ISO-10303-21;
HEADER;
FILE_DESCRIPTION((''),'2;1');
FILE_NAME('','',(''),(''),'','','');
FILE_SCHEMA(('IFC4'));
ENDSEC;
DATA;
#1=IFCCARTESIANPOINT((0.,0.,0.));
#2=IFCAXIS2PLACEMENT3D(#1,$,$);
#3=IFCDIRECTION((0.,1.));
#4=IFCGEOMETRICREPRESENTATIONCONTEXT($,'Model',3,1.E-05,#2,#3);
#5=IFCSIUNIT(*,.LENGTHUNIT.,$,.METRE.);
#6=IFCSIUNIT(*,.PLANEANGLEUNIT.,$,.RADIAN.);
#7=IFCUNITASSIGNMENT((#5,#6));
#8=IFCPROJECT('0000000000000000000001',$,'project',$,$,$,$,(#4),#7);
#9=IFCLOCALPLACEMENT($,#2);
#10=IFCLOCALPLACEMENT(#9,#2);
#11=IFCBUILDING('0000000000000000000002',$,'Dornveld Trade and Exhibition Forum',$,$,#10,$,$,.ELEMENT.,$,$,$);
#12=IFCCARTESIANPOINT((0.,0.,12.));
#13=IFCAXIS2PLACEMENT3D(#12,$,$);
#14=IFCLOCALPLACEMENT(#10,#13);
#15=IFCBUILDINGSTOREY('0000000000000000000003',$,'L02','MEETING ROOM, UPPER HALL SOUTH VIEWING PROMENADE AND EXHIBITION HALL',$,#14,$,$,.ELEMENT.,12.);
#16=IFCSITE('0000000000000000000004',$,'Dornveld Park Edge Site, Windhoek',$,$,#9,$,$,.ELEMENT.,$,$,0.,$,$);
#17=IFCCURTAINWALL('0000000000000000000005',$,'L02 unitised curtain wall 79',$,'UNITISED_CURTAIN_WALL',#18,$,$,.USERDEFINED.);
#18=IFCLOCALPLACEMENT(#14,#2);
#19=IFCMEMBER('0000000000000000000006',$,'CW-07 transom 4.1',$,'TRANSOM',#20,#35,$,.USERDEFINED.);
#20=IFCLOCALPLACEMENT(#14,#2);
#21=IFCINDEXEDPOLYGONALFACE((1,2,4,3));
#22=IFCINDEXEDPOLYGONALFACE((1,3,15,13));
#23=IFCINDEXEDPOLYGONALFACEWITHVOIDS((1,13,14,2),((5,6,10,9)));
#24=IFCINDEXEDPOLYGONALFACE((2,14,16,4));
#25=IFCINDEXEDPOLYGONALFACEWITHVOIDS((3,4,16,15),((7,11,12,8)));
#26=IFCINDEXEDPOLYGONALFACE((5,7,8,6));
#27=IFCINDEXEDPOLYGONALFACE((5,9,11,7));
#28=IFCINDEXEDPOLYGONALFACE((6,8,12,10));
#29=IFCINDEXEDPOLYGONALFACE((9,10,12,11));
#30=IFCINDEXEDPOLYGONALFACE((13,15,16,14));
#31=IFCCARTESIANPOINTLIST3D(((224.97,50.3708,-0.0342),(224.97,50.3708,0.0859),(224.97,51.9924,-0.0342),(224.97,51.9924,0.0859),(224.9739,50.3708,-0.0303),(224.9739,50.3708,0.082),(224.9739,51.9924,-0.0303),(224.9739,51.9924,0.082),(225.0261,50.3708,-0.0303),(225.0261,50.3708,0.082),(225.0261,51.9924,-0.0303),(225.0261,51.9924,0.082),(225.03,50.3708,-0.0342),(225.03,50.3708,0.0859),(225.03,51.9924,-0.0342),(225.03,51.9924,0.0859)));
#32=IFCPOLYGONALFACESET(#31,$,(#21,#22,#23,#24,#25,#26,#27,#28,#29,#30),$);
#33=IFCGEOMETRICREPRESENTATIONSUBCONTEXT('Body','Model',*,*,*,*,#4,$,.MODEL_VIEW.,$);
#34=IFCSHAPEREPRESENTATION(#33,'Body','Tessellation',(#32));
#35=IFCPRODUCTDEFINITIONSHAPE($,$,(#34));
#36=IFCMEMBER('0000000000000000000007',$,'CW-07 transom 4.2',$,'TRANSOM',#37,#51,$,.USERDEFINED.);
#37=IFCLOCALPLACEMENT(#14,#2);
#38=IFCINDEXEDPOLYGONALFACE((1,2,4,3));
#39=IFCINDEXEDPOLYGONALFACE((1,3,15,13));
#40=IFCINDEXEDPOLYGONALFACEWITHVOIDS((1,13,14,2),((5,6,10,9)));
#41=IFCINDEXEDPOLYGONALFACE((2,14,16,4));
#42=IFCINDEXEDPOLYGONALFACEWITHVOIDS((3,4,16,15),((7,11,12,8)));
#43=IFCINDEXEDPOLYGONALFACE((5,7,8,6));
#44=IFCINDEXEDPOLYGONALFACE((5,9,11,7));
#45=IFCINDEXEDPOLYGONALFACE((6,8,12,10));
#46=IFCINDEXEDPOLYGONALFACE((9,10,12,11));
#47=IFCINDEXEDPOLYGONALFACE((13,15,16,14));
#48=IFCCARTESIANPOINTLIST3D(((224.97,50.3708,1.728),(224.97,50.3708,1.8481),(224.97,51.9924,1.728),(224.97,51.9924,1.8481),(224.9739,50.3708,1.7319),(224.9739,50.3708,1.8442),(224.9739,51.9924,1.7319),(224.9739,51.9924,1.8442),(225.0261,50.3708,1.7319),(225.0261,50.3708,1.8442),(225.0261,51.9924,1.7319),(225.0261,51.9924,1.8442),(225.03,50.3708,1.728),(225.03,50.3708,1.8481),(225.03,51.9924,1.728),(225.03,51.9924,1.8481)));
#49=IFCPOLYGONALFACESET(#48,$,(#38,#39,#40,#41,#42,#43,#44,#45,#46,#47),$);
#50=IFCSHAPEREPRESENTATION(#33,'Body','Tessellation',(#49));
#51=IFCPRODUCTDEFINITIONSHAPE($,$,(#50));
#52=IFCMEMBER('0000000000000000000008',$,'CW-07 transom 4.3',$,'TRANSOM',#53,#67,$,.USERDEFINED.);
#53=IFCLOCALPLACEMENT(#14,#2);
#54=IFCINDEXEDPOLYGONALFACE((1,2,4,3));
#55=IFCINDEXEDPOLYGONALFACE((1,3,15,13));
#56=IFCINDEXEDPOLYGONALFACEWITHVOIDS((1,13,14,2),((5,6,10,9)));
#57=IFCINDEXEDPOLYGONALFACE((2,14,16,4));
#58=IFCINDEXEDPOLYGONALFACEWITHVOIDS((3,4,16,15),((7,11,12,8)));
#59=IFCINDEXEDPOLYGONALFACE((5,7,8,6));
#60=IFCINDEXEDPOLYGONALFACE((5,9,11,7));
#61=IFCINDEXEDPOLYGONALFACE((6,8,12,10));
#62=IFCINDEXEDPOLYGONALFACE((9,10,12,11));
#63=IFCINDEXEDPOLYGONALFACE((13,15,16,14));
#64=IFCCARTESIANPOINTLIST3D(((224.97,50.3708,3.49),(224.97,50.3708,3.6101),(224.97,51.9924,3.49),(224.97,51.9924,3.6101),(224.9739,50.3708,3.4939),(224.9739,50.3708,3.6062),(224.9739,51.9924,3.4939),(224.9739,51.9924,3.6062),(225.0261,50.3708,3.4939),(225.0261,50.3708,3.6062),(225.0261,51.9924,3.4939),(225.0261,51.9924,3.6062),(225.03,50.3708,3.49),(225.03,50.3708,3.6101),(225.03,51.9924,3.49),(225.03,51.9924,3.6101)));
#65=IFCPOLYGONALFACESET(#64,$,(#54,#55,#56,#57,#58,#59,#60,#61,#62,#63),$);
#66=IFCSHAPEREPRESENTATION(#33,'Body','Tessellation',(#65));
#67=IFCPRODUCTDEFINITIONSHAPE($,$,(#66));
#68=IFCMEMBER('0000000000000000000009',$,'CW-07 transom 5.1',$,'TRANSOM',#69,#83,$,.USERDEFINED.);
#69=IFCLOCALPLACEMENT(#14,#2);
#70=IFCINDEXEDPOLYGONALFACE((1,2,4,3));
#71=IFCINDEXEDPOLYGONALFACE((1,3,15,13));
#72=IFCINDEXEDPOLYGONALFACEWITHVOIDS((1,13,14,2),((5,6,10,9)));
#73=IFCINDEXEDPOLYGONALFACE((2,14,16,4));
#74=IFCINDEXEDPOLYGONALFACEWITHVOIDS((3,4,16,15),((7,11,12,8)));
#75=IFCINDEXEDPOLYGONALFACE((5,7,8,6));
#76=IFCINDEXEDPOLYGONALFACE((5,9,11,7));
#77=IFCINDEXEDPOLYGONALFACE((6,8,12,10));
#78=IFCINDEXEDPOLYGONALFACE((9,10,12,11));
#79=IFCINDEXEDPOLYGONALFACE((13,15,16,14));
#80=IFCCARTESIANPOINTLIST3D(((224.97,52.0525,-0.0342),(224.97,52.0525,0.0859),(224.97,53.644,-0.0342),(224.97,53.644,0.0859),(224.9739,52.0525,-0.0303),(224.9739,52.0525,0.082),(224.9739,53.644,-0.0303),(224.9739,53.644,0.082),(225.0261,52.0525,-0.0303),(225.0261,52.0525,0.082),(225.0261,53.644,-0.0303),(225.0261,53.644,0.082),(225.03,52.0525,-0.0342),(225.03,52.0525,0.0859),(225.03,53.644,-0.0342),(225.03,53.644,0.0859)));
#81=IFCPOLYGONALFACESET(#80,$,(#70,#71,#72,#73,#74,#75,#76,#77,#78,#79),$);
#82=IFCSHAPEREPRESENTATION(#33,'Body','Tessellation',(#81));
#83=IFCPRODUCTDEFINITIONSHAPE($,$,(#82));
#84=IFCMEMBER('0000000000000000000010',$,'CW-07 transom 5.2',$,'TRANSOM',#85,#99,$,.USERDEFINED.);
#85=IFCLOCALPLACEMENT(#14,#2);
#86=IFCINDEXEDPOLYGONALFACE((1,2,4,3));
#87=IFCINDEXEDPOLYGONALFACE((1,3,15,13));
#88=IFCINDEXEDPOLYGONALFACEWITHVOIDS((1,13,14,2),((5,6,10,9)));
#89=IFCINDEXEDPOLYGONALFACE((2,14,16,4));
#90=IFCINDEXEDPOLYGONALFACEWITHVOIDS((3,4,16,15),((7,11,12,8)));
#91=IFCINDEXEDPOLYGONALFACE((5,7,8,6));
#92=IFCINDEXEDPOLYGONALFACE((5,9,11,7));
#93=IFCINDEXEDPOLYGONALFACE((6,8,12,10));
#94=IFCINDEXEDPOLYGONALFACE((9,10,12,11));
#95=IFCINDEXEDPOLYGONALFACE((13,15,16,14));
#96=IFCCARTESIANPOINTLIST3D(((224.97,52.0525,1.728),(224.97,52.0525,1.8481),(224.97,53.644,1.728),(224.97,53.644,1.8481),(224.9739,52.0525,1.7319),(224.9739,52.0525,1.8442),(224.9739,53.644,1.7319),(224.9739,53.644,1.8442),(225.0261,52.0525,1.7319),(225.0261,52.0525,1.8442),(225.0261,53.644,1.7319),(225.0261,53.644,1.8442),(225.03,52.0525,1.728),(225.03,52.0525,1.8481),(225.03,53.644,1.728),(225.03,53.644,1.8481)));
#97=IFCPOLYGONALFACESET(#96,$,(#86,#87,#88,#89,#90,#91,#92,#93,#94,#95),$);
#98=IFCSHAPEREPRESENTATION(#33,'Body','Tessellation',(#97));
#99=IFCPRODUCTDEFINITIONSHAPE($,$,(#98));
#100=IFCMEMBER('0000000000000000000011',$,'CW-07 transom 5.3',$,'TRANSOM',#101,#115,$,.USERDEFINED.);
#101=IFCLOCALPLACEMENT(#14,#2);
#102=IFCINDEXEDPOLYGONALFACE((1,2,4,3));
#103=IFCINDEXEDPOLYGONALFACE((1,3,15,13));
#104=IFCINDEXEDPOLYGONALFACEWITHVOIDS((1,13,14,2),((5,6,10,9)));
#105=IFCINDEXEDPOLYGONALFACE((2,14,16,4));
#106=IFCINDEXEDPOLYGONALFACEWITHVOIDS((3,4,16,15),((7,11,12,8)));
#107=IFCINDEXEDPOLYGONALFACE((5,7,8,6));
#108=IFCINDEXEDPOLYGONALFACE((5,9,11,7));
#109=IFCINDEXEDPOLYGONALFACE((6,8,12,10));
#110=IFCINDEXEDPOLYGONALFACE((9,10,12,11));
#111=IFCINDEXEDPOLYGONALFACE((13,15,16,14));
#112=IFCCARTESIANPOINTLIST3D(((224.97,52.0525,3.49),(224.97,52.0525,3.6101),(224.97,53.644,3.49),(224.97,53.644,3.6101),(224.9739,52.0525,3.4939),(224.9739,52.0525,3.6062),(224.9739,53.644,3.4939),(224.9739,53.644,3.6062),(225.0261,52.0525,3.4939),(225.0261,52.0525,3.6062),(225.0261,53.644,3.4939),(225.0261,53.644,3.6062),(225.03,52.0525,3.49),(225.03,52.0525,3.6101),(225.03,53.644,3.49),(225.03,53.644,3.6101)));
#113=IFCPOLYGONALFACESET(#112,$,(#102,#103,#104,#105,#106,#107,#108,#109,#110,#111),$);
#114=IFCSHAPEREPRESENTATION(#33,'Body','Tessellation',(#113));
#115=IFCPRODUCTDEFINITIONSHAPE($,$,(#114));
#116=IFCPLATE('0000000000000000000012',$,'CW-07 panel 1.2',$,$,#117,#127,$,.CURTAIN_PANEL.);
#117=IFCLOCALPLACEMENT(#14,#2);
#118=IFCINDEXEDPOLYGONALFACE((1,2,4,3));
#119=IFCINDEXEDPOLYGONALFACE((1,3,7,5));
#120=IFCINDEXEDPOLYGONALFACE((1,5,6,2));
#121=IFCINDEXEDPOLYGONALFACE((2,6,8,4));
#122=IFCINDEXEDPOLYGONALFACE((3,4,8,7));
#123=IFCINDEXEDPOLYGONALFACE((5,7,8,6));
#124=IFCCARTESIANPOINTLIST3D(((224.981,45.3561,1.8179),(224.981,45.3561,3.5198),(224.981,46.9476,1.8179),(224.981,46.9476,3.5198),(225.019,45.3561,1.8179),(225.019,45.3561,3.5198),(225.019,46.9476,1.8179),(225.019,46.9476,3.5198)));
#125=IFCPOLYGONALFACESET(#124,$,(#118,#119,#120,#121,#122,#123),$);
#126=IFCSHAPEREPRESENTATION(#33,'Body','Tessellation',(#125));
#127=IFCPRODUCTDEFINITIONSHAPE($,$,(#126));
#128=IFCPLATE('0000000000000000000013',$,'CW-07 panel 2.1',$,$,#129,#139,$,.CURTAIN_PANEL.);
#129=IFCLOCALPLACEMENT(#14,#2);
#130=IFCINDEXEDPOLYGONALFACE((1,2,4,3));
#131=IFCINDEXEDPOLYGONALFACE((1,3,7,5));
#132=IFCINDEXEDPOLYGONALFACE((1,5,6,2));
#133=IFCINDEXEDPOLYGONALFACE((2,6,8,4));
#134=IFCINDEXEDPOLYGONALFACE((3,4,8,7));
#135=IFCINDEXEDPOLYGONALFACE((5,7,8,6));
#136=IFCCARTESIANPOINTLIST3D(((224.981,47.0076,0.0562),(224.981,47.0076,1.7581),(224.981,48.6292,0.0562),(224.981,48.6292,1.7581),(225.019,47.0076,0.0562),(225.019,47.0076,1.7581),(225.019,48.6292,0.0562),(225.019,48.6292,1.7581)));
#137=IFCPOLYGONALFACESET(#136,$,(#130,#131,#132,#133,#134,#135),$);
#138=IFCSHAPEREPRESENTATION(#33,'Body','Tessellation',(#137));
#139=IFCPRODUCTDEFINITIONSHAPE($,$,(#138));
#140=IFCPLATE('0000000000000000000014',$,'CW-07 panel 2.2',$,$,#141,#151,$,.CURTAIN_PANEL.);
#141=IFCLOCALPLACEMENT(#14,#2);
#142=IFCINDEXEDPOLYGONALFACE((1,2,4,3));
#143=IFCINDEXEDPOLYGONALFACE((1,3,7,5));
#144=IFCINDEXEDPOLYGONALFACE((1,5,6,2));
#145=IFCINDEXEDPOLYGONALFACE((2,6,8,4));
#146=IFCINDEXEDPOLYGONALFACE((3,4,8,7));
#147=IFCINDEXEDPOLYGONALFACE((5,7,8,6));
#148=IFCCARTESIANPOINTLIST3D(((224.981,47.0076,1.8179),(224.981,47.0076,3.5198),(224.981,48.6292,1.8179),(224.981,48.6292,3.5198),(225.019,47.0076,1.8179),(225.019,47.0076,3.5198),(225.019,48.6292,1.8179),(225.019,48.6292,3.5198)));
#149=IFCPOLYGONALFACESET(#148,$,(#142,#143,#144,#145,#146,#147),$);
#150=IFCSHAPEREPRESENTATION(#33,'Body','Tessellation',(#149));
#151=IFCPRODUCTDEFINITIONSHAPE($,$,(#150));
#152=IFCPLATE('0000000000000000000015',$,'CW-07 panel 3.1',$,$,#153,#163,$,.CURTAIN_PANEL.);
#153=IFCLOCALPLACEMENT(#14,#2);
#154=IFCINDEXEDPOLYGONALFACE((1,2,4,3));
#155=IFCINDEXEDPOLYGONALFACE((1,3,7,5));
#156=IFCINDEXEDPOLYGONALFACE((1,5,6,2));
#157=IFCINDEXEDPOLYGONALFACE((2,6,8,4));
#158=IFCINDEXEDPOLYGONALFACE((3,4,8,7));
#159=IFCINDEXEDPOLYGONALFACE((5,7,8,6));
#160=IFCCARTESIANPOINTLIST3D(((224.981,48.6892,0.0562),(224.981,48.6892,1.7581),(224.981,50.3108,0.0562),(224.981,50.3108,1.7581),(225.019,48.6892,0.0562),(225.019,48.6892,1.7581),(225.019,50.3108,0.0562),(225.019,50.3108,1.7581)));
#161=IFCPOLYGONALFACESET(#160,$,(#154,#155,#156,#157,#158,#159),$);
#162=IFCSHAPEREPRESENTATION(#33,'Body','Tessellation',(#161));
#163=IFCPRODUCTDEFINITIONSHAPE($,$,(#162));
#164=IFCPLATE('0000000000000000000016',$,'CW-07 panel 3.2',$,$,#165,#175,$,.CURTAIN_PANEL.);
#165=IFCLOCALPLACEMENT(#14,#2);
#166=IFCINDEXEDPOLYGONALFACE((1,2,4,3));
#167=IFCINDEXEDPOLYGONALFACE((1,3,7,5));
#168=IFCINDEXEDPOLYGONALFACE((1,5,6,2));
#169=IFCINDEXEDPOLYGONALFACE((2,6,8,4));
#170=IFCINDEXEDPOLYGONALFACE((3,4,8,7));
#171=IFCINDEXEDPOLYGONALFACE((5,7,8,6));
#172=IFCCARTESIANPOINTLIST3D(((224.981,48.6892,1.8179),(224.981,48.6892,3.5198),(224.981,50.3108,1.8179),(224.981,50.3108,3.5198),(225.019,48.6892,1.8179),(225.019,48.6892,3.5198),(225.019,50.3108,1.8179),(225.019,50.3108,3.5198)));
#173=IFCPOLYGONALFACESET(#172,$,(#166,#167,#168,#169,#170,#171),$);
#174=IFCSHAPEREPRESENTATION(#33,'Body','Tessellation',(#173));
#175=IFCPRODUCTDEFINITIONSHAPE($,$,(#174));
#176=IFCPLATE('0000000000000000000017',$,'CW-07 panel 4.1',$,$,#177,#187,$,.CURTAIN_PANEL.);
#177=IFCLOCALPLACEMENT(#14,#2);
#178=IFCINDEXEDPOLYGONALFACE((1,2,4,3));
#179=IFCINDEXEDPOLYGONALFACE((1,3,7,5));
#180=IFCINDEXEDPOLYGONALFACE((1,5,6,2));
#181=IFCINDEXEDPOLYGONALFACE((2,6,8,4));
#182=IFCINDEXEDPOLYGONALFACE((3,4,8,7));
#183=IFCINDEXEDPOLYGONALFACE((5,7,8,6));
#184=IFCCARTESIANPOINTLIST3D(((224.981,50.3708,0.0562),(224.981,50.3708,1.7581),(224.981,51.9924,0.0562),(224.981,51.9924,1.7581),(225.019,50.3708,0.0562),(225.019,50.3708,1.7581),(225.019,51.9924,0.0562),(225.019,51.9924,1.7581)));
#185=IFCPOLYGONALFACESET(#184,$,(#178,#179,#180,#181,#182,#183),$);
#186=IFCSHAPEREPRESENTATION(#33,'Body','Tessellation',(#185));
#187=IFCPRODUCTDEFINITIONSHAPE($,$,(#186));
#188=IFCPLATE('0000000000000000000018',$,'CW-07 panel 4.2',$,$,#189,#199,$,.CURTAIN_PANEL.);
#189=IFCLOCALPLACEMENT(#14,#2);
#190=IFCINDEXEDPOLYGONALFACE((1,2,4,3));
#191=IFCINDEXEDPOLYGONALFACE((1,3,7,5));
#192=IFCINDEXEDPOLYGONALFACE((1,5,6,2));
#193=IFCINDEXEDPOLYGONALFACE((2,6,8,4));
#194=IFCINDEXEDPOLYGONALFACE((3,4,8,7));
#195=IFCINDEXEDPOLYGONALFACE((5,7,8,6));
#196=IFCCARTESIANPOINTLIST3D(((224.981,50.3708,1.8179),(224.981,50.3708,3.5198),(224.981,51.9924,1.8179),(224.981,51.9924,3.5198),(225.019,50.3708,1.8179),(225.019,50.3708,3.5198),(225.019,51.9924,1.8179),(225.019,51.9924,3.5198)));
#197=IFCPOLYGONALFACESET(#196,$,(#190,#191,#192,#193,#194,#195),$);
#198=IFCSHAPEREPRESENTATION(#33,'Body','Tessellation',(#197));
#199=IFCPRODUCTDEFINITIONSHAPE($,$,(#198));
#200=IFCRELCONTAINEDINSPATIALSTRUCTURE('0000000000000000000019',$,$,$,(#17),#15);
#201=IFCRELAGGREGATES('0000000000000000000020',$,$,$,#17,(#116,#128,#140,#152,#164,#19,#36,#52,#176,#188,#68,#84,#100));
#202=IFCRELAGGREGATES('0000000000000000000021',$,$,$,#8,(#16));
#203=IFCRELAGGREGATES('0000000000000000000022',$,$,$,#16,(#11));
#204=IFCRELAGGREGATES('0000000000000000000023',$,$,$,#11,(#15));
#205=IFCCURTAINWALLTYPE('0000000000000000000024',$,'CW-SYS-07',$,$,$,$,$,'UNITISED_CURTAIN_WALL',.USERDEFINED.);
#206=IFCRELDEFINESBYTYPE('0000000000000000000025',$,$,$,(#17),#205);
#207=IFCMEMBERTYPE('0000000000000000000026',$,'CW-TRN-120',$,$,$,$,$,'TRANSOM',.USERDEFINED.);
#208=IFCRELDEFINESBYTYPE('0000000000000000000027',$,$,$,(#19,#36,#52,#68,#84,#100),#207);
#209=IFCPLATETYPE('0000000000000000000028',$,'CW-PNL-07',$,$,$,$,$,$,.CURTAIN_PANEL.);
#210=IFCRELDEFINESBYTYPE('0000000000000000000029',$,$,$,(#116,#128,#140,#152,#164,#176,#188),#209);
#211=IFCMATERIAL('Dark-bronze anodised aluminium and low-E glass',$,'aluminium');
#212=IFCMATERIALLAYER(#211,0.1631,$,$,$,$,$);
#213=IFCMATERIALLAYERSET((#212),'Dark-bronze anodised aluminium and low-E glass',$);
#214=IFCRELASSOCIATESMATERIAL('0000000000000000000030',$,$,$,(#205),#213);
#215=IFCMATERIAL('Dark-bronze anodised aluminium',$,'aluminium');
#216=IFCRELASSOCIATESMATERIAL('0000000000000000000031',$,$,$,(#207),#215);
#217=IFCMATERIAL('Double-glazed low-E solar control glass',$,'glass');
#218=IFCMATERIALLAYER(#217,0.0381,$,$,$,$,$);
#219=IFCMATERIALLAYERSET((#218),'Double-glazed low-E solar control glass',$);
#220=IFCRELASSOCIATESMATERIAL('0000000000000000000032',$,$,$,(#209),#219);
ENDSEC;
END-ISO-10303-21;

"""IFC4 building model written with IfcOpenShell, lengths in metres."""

from ifc_helpers import new_model, si_unit, direction, frame, origin, origin_2d, place, context, subcontext, project, spatial, rectangle, hollow_rectangle, extrude, material, layer, layer_set, material_profile, profile_set, type_object, element, aggregate, save


model = new_model("IFC4")

# Units and contexts
model_context = context("Model", 3, precision=1e-05, world=origin(), true_north=direction((0.0, 1.0)))
body_context = subcontext(model_context, "Body", "Model", "MODEL_VIEW")
ifc_project = project(units=[si_unit("LENGTHUNIT", "METRE"), si_unit("PLANEANGLEUNIT", "RADIAN")], contexts=[model_context])

# Site, building, storey
site_placement = place(None, origin())
site = spatial("IfcSite", under=ifc_project, at=site_placement, Name="Dornveld Park Edge Site, Windhoek", CompositionType="ELEMENT", RefElevation=0.0)
building_placement = place(site_placement, origin())
building = spatial("IfcBuilding", under=site, at=building_placement, Name="Dornveld Trade and Exhibition Forum", CompositionType="ELEMENT")
storey_placement = place(building_placement, frame((0.0, 0.0, 12.0)))
storey = spatial("IfcBuildingStorey", under=building, at=storey_placement, Name="L02", Description="MEETING ROOM, UPPER HALL SOUTH VIEWING PROMENADE AND EXHIBITION HALL", CompositionType="ELEMENT", Elevation=12.0)

# Curtain wall, members, plates
ifc_material_1 = material(Name="Dark-bronze anodised aluminium and low-E glass", Category="aluminium")
ifc_layer_1 = layer(ifc_material_1, 0.1631)
ifc_layer_set_1 = layer_set([ifc_layer_1], Name="Dark-bronze anodised aluminium and low-E glass")
curtain_wall_type = type_object("IfcCurtainWallType", Name="CW-SYS-07", ElementType="UNITISED_CURTAIN_WALL", PredefinedType="USERDEFINED", material=ifc_layer_set_1)
curtain_wall_placement = place(storey_placement, origin())
curtain_wall = element("IfcCurtainWall", 1, at=curtain_wall_placement, inside=storey, type_object=curtain_wall_type, Name="L02 unitised curtain wall 79", ObjectType="UNITISED_CURTAIN_WALL", PredefinedType="USERDEFINED")
ifc_material_2 = material(Name="Dark-bronze anodised aluminium", Category="aluminium")
ifc_material_profile_1 = material_profile(ifc_material_2, hollow_rectangle(XDim=0.0601, YDim=0.1201, WallThickness=0.0039, at=origin_2d()), Name="RHS 120x60x4")
ifc_profile_set_1 = profile_set([ifc_material_profile_1], Name="Dark-bronze anodised aluminium")
member_type_1 = type_object("IfcMemberType", Name="CW-TRN-120", ElementType="TRANSOM", PredefinedType="USERDEFINED", material=ifc_profile_set_1)
member_1_placement = place(storey_placement, frame((225.0, 50.3708, 0.0259), z_axis=(0.0, 1.0, 0.0), x_axis=(-1.0, 0.0, 0.0)))
member_1 = element("IfcMember", 2, at=member_1_placement, type_object=member_type_1, Name="CW-07 transom 4.1", ObjectType="TRANSOM", PredefinedType="USERDEFINED", context=body_context, shape_type="SweptSolid", body=[
    extrude(hollow_rectangle(XDim=0.0601, YDim=0.1201, WallThickness=0.0039, at=origin_2d()), origin(), (0.0, 0.0, 1.0), 1.6216),
])
member_2_placement = place(storey_placement, frame((225.0, 50.3708, 1.7881), z_axis=(0.0, 1.0, 0.0), x_axis=(-1.0, 0.0, 0.0)))
member_2 = element("IfcMember", 3, at=member_2_placement, type_object=member_type_1, Name="CW-07 transom 4.2", ObjectType="TRANSOM", PredefinedType="USERDEFINED", context=body_context, shape_type="SweptSolid", body=[
    extrude(hollow_rectangle(XDim=0.0601, YDim=0.1201, WallThickness=0.0039, at=origin_2d()), origin(), (0.0, 0.0, 1.0), 1.6216),
])
member_3_placement = place(storey_placement, frame((225.0, 50.3708, 3.55), z_axis=(0.0, 1.0, 0.0), x_axis=(-1.0, 0.0, 0.0)))
member_3 = element("IfcMember", 4, at=member_3_placement, type_object=member_type_1, Name="CW-07 transom 4.3", ObjectType="TRANSOM", PredefinedType="USERDEFINED", context=body_context, shape_type="SweptSolid", body=[
    extrude(hollow_rectangle(XDim=0.0601, YDim=0.1201, WallThickness=0.0039, at=origin_2d()), origin(), (0.0, 0.0, 1.0), 1.6216),
])
member_4_placement = place(storey_placement, frame((225.0, 52.0525, 0.0259), z_axis=(0.0, 1.0, 0.0), x_axis=(-1.0, 0.0, 0.0)))
member_4 = element("IfcMember", 5, at=member_4_placement, type_object=member_type_1, Name="CW-07 transom 5.1", ObjectType="TRANSOM", PredefinedType="USERDEFINED", context=body_context, shape_type="SweptSolid", body=[
    extrude(hollow_rectangle(XDim=0.0601, YDim=0.1201, WallThickness=0.0039, at=origin_2d()), origin(), (0.0, 0.0, 1.0), 1.5916),
])
member_5_placement = place(storey_placement, frame((225.0, 52.0525, 1.7881), z_axis=(0.0, 1.0, 0.0), x_axis=(-1.0, 0.0, 0.0)))
member_5 = element("IfcMember", 6, at=member_5_placement, type_object=member_type_1, Name="CW-07 transom 5.2", ObjectType="TRANSOM", PredefinedType="USERDEFINED", context=body_context, shape_type="SweptSolid", body=[
    extrude(hollow_rectangle(XDim=0.0601, YDim=0.1201, WallThickness=0.0039, at=origin_2d()), origin(), (0.0, 0.0, 1.0), 1.5916),
])
member_6_placement = place(storey_placement, frame((225.0, 52.0525, 3.55), z_axis=(0.0, 1.0, 0.0), x_axis=(-1.0, 0.0, 0.0)))
member_6 = element("IfcMember", 7, at=member_6_placement, type_object=member_type_1, Name="CW-07 transom 5.3", ObjectType="TRANSOM", PredefinedType="USERDEFINED", context=body_context, shape_type="SweptSolid", body=[
    extrude(hollow_rectangle(XDim=0.0601, YDim=0.1201, WallThickness=0.0039, at=origin_2d()), origin(), (0.0, 0.0, 1.0), 1.5916),
])
ifc_material_3 = material(Name="Double-glazed low-E solar control glass", Category="glass")
ifc_layer_2 = layer(ifc_material_3, 0.0381)
ifc_layer_set_2 = layer_set([ifc_layer_2], Name="Double-glazed low-E solar control glass")
plate_type = type_object("IfcPlateType", Name="CW-PNL-07", PredefinedType="CURTAIN_PANEL", material=ifc_layer_set_2)
plate_1_placement = place(storey_placement, frame((225.0, 46.1519, 1.8179), z_axis=(0.0, 0.0, 1.0), x_axis=(0.0, 1.0, 0.0)))
plate_1 = element("IfcPlate", 8, at=plate_1_placement, type_object=plate_type, Name="CW-07 panel 1.2", PredefinedType="CURTAIN_PANEL", context=body_context, shape_type="SweptSolid", body=[
    extrude(rectangle(XDim=1.5916, YDim=0.0381, at=origin_2d()), origin(), (0.0, 0.0, 1.0), 1.7019),
])
plate_2_placement = place(storey_placement, frame((225.0, 47.8184, 0.0562), z_axis=(0.0, 0.0, 1.0), x_axis=(0.0, 1.0, 0.0)))
plate_2 = element("IfcPlate", 9, at=plate_2_placement, type_object=plate_type, Name="CW-07 panel 2.1", PredefinedType="CURTAIN_PANEL", context=body_context, shape_type="SweptSolid", body=[
    extrude(rectangle(XDim=1.6216, YDim=0.0381, at=origin_2d()), origin(), (0.0, 0.0, 1.0), 1.7019),
])
plate_3_placement = place(storey_placement, frame((225.0, 47.8184, 1.8179), z_axis=(0.0, 0.0, 1.0), x_axis=(0.0, 1.0, 0.0)))
plate_3 = element("IfcPlate", 10, at=plate_3_placement, type_object=plate_type, Name="CW-07 panel 2.2", PredefinedType="CURTAIN_PANEL", context=body_context, shape_type="SweptSolid", body=[
    extrude(rectangle(XDim=1.6216, YDim=0.0381, at=origin_2d()), origin(), (0.0, 0.0, 1.0), 1.7019),
])
plate_4_placement = place(storey_placement, frame((225.0, 49.5, 0.0562), z_axis=(0.0, 0.0, 1.0), x_axis=(0.0, 1.0, 0.0)))
plate_4 = element("IfcPlate", 11, at=plate_4_placement, type_object=plate_type, Name="CW-07 panel 3.1", PredefinedType="CURTAIN_PANEL", context=body_context, shape_type="SweptSolid", body=[
    extrude(rectangle(XDim=1.6216, YDim=0.0381, at=origin_2d()), origin(), (0.0, 0.0, 1.0), 1.7019),
])
plate_5_placement = place(storey_placement, frame((225.0, 49.5, 1.8179), z_axis=(0.0, 0.0, 1.0), x_axis=(0.0, 1.0, 0.0)))
plate_5 = element("IfcPlate", 12, at=plate_5_placement, type_object=plate_type, Name="CW-07 panel 3.2", PredefinedType="CURTAIN_PANEL", context=body_context, shape_type="SweptSolid", body=[
    extrude(rectangle(XDim=1.6216, YDim=0.0381, at=origin_2d()), origin(), (0.0, 0.0, 1.0), 1.7019),
])
plate_6_placement = place(storey_placement, frame((225.0, 51.1816, 0.0562), z_axis=(0.0, 0.0, 1.0), x_axis=(0.0, 1.0, 0.0)))
plate_6 = element("IfcPlate", 13, at=plate_6_placement, type_object=plate_type, Name="CW-07 panel 4.1", PredefinedType="CURTAIN_PANEL", context=body_context, shape_type="SweptSolid", body=[
    extrude(rectangle(XDim=1.6216, YDim=0.0381, at=origin_2d()), origin(), (0.0, 0.0, 1.0), 1.7019),
])
plate_7_placement = place(storey_placement, frame((225.0, 51.1816, 1.8179), z_axis=(0.0, 0.0, 1.0), x_axis=(0.0, 1.0, 0.0)))
plate_7 = element("IfcPlate", 14, at=plate_7_placement, type_object=plate_type, Name="CW-07 panel 4.2", PredefinedType="CURTAIN_PANEL", context=body_context, shape_type="SweptSolid", body=[
    extrude(rectangle(XDim=1.6216, YDim=0.0381, at=origin_2d()), origin(), (0.0, 0.0, 1.0), 1.7019),
])
aggregate(curtain_wall, [plate_1, plate_2, plate_3, plate_4, plate_5, member_1, member_2, member_3, plate_6, plate_7, member_4, member_5, member_6])

save(model, "model.ifc")
